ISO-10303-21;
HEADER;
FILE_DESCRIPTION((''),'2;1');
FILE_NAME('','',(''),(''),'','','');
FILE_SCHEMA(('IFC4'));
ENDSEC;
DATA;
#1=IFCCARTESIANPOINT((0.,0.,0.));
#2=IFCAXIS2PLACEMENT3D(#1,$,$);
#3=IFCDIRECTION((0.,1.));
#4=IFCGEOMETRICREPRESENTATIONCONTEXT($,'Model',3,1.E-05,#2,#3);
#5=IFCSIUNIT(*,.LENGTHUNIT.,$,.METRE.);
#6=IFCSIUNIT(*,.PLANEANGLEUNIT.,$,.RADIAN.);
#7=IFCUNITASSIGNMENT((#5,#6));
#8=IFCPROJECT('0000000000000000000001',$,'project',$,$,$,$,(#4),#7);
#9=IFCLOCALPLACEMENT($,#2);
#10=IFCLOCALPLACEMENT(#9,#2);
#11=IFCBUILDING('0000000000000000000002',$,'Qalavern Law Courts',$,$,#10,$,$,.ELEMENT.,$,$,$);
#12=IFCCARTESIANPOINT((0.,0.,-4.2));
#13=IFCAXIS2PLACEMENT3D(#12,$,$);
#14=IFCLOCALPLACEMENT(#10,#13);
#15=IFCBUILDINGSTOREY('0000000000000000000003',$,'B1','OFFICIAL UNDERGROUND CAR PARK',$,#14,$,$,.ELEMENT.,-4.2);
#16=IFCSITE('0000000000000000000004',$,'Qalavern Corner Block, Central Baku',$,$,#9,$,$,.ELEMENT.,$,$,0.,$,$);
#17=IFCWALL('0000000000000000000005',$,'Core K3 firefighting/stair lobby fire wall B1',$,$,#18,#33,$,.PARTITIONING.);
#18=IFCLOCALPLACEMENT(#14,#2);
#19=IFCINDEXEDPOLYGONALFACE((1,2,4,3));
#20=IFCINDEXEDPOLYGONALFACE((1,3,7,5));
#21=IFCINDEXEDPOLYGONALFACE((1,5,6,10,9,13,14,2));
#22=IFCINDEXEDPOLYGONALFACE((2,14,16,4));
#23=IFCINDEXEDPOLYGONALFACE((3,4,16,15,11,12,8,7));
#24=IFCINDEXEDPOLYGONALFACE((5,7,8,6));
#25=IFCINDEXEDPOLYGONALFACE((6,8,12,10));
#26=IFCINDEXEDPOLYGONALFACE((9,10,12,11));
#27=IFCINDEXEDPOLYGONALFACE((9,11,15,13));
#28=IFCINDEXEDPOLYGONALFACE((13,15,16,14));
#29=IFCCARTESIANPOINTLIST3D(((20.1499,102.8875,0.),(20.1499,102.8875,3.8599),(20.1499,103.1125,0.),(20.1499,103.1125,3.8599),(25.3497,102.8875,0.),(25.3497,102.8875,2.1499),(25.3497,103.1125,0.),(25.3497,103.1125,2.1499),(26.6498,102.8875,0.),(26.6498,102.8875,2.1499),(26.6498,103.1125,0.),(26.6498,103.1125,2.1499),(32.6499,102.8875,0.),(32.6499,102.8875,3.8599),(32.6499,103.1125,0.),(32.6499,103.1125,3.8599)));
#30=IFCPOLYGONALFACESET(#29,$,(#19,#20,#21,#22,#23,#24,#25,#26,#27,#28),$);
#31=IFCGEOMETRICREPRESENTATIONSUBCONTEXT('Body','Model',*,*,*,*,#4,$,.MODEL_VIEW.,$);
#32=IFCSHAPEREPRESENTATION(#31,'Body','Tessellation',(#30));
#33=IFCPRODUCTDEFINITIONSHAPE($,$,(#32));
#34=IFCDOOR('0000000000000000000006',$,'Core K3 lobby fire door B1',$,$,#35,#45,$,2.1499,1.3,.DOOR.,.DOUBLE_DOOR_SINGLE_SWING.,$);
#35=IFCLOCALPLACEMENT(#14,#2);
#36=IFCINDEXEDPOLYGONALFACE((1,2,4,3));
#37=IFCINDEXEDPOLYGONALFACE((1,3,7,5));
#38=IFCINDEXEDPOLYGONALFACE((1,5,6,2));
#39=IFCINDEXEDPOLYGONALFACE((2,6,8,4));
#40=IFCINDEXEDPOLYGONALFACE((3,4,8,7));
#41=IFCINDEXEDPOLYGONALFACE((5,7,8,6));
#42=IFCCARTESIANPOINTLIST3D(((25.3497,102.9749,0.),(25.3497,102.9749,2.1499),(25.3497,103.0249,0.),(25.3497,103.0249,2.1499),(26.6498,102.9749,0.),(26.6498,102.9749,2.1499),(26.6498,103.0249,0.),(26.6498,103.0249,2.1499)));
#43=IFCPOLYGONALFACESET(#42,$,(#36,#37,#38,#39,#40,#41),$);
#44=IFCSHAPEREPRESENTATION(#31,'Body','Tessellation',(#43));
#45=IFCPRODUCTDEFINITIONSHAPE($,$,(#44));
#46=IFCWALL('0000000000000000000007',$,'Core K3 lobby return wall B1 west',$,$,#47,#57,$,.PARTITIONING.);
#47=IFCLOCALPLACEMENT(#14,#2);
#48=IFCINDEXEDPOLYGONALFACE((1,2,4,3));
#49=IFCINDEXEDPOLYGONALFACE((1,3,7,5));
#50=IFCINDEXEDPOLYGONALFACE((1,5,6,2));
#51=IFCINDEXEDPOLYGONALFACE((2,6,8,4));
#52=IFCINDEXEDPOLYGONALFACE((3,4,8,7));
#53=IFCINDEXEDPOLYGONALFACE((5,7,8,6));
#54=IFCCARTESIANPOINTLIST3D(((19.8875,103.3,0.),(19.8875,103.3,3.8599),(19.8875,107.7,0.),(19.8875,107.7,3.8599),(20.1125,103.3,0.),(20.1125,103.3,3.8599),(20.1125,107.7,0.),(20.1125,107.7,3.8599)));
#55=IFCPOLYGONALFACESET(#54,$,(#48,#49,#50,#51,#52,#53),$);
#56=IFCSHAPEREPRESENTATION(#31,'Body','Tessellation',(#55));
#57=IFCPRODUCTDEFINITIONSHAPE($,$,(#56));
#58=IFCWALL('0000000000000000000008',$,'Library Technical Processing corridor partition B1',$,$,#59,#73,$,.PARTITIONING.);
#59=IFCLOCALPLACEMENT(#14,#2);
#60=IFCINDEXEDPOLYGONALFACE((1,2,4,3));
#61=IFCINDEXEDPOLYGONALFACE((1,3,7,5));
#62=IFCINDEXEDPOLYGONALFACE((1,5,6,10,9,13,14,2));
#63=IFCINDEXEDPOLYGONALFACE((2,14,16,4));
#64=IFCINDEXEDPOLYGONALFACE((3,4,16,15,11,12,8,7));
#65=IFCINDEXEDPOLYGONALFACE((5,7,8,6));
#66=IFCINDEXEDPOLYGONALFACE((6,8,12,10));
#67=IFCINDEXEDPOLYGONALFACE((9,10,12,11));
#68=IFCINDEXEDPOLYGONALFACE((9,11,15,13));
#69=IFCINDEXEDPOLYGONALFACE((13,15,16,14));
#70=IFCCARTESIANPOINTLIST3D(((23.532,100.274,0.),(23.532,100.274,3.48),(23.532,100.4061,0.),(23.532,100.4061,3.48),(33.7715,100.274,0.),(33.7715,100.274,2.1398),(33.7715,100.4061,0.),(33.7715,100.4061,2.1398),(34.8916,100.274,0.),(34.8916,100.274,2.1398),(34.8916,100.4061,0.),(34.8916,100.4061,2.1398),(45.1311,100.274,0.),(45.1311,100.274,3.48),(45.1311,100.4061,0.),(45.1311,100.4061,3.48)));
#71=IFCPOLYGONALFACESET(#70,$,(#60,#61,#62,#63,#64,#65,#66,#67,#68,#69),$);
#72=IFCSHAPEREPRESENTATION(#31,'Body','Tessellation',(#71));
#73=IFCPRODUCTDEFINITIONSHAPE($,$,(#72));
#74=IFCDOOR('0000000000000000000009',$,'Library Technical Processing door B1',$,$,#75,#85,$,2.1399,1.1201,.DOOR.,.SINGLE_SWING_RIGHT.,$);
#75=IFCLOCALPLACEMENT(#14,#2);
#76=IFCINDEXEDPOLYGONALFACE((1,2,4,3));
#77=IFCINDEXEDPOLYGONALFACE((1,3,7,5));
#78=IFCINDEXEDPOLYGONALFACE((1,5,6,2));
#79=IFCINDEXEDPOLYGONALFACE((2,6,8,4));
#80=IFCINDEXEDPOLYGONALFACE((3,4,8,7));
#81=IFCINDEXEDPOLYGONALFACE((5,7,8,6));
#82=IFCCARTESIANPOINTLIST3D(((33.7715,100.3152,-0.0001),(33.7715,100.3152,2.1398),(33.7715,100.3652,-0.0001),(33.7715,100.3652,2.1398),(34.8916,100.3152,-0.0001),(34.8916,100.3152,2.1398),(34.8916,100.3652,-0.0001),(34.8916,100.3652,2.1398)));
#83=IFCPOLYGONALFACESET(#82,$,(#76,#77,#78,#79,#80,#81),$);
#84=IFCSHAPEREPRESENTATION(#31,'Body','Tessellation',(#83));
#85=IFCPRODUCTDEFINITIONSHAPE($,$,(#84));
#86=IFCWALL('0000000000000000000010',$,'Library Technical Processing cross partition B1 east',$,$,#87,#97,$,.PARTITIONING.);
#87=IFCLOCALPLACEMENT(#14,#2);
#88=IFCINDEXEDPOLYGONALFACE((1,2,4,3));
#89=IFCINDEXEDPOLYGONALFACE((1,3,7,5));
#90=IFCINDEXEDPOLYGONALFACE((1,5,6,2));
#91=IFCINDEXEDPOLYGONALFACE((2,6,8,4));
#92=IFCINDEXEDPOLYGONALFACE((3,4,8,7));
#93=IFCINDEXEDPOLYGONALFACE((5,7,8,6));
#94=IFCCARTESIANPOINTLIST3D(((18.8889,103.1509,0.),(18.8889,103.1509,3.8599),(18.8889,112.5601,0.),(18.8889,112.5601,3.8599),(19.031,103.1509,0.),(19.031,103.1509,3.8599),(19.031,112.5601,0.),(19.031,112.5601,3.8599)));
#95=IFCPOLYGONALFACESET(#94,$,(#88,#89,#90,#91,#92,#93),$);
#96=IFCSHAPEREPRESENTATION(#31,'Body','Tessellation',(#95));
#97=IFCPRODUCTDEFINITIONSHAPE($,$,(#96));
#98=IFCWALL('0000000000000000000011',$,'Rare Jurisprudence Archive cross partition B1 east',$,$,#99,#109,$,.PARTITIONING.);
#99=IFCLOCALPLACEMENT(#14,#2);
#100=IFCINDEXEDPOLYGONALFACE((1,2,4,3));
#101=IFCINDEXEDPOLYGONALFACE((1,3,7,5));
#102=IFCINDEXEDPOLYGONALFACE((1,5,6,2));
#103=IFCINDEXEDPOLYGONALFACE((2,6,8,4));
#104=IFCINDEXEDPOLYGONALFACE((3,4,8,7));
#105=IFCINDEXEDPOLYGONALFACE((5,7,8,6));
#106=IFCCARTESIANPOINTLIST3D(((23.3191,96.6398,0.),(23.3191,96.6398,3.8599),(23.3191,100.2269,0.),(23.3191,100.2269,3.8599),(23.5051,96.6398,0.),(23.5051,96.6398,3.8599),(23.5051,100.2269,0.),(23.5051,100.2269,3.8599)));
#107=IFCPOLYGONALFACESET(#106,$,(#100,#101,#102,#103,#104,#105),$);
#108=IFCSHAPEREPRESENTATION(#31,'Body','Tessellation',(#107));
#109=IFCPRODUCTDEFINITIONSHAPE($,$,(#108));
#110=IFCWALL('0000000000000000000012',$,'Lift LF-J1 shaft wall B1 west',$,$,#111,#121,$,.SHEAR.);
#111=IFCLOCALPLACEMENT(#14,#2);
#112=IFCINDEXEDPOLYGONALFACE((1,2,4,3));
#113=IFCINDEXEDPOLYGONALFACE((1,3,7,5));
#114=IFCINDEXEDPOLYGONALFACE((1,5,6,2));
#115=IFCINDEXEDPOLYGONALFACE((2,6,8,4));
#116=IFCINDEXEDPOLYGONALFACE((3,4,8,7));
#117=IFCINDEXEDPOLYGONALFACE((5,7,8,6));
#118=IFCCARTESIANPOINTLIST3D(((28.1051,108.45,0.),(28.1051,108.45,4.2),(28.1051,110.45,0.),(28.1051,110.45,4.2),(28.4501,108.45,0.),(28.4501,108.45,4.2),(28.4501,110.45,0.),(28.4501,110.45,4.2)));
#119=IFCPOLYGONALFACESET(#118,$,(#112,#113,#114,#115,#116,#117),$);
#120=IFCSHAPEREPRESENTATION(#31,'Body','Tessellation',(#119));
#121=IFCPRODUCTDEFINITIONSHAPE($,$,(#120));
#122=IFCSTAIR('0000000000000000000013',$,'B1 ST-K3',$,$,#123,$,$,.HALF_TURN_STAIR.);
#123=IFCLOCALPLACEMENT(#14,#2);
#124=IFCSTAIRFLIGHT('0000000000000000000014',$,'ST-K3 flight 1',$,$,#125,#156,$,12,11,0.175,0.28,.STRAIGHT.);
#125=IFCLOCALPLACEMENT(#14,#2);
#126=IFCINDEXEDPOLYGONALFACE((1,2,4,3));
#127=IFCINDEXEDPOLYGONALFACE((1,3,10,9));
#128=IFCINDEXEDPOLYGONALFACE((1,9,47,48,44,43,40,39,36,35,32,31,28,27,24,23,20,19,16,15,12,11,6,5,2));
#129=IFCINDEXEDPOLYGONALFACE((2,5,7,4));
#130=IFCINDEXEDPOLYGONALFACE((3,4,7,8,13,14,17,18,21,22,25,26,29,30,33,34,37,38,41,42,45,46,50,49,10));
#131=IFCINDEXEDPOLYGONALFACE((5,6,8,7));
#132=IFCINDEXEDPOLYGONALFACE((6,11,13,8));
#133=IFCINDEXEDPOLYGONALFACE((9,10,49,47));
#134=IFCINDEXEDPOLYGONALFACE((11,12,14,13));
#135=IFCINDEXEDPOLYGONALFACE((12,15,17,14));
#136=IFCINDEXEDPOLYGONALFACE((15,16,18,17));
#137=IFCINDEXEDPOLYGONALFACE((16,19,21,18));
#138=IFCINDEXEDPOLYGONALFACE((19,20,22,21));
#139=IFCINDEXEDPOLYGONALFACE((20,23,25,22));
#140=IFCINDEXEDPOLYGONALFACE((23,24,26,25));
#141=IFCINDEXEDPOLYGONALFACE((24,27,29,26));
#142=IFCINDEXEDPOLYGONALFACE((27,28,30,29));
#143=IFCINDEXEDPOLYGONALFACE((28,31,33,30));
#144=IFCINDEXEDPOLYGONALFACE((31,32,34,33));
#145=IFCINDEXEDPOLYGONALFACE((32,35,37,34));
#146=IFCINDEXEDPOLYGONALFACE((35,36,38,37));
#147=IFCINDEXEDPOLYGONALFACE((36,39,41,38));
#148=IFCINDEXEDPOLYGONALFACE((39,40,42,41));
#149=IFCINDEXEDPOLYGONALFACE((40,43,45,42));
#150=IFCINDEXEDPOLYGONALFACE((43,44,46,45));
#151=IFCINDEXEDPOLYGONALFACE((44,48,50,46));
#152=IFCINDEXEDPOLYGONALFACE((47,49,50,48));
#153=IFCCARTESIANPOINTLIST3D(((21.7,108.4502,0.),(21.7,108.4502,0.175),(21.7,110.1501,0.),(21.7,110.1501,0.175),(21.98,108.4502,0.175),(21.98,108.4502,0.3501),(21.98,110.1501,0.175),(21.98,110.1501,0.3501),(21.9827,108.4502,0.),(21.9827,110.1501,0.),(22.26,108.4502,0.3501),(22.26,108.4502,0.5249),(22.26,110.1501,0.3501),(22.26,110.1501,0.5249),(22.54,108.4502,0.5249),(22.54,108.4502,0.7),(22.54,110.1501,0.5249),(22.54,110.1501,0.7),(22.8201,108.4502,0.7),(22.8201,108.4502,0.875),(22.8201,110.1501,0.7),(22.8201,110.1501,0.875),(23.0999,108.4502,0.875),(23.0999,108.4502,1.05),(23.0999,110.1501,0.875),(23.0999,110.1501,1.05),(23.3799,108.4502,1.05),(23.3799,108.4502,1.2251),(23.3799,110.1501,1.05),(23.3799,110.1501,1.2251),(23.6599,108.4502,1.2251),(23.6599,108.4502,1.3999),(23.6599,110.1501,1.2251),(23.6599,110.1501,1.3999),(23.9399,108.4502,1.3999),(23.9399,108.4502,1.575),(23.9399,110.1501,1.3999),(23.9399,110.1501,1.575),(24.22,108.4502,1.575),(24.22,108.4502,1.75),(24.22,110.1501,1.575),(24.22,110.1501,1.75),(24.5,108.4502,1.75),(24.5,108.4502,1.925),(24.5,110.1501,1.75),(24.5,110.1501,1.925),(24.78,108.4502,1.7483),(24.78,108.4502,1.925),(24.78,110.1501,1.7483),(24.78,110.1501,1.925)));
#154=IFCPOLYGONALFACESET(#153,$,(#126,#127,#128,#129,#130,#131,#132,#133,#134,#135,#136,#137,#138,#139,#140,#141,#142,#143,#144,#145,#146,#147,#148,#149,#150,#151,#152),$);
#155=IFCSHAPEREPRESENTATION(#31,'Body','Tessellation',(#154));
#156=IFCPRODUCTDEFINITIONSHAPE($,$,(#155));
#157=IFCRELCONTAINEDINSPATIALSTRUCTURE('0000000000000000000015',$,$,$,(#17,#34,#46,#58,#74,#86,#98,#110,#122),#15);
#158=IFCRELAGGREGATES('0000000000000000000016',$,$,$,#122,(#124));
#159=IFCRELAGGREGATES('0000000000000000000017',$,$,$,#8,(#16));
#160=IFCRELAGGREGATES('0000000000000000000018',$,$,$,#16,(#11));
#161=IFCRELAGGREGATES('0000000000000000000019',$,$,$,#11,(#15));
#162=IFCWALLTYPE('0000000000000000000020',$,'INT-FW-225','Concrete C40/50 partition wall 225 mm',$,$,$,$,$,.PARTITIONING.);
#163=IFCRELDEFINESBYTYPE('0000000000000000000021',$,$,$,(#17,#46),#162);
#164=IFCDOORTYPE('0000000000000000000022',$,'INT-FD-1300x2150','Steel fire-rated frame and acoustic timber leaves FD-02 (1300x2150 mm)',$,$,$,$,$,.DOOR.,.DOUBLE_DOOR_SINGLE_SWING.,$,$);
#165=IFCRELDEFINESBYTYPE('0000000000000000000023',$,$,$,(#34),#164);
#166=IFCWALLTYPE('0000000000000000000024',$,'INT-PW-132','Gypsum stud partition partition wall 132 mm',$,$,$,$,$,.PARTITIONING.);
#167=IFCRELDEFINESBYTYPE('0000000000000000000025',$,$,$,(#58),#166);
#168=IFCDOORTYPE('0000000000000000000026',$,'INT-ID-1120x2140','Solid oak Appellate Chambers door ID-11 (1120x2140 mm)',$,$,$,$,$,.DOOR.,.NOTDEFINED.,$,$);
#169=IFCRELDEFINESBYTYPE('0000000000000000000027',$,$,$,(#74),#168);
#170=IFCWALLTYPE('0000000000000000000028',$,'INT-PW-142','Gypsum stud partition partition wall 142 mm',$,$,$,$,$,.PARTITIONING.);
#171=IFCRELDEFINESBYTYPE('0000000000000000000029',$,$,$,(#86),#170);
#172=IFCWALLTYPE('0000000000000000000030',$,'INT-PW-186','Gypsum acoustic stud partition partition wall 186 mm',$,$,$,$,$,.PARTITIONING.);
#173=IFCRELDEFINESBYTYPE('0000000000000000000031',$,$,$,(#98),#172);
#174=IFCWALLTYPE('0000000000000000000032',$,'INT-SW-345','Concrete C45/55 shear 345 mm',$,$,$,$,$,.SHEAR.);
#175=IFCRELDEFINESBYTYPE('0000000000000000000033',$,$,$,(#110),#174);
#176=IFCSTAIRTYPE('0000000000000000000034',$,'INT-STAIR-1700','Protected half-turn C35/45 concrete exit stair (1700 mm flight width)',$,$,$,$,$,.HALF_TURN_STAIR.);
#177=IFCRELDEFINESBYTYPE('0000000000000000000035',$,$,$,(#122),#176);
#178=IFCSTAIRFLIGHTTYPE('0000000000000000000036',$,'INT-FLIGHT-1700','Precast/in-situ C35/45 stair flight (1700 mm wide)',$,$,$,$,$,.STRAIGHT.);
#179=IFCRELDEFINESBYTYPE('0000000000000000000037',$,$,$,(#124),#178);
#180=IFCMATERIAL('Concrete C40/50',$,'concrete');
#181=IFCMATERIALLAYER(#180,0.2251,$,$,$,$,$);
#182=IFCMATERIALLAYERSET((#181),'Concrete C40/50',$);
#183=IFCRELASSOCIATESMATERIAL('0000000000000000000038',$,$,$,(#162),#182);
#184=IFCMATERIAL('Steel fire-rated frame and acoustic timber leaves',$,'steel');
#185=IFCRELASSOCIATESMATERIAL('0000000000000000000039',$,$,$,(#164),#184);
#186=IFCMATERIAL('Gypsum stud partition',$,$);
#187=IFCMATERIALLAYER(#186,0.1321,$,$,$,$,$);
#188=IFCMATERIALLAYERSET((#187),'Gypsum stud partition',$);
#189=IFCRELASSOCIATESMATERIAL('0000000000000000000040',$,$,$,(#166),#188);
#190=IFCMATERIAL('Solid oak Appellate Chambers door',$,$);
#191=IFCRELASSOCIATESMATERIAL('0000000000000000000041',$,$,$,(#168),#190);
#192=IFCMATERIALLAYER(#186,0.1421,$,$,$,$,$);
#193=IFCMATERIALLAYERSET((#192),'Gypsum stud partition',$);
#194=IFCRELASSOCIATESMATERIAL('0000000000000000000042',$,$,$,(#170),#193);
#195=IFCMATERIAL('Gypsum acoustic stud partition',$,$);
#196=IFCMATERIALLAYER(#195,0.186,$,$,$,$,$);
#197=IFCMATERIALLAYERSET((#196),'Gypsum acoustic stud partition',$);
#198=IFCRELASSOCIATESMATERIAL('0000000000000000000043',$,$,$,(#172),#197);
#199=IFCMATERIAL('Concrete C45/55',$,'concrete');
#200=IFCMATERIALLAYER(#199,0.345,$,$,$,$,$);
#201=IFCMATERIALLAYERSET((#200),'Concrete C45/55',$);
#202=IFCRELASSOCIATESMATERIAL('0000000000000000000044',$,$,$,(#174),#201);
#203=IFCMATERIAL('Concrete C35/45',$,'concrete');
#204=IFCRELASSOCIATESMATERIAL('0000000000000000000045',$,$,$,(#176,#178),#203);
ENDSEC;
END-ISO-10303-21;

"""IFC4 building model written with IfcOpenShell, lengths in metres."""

from ifc_helpers import new_model, si_unit, direction, frame, frame_2d, origin, place, context, subcontext, project, spatial, polyline, rectangle, outline, extrude, material, layer, layer_set, type_object, element, fill, aggregate, save


model = new_model("IFC4")

# Units and contexts
model_context = context("Model", 3, precision=1e-05, world=origin(), true_north=direction((0.0, 1.0)))
body_context = subcontext(model_context, "Body", "Model", "MODEL_VIEW")
ifc_project = project(units=[si_unit("LENGTHUNIT", "METRE"), si_unit("PLANEANGLEUNIT", "RADIAN")], contexts=[model_context])

# Site, building, storey
site_placement = place(None, origin())
site = spatial("IfcSite", under=ifc_project, at=site_placement, Name="Qalavern Corner Block, Central Baku", CompositionType="ELEMENT", RefElevation=0.0)
building_placement = place(site_placement, origin())
building = spatial("IfcBuilding", under=site, at=building_placement, Name="Qalavern Law Courts", CompositionType="ELEMENT")
storey_placement = place(building_placement, frame((0.0, 0.0, -4.2)))
storey = spatial("IfcBuildingStorey", under=building, at=storey_placement, Name="B1", Description="OFFICIAL UNDERGROUND CAR PARK", CompositionType="ELEMENT", Elevation=-4.2)

# Shared definitions
ifc_material_1 = material(Name="Concrete C45/55", Category="concrete")

# Shared definitions
ifc_material_2 = material(Name="Concrete C40/50", Category="concrete")

# Wall, opening, door
ifc_layer_1 = layer(ifc_material_2, 0.2251)
ifc_layer_set_1 = layer_set([ifc_layer_1], Name="Concrete C40/50")
wall_type_1 = type_object("IfcWallType", Name="INT-FW-225", Description="Concrete C40/50 partition wall 225 mm", PredefinedType="PARTITIONING", material=ifc_layer_set_1)
wall_1_placement = place(storey_placement, frame((20.1499, 103.0, 0.0), z_axis=(0.0, 0.0, 1.0), x_axis=(1.0, 0.0, 0.0)))
wall_1 = element("IfcWall", 1, at=wall_1_placement, inside=storey, type_object=wall_type_1, Name="Core K3 firefighting/stair lobby fire wall B1", PredefinedType="PARTITIONING", context=body_context, shape_type="SweptSolid", body=[
    extrude(rectangle(XDim=12.5, YDim=0.2251, at=frame_2d((6.25, 0.0))), origin(), (0.0, 0.0, 1.0), 3.8599),
])
opening_1_placement = place(wall_1_placement, frame((5.2, 0.0, 0.0)))
opening_1 = element("IfcOpeningElement", 2, at=opening_1_placement, cuts=wall_1, PredefinedType="OPENING", context=body_context, shape_type="SweptSolid", body=[
    extrude(rectangle(XDim=1.3, YDim=2.1499, at=frame_2d((0.6499, 1.075))), frame((0.0, 0.1274, 0.0), z_axis=(0.0, -1.0, 0.0), x_axis=(1.0, 0.0, 0.0)), (0.0, 0.0, 1.0), 0.2549),
])
ifc_material_3 = material(Name="Steel fire-rated frame and acoustic timber leaves", Category="steel")
door_type_1 = type_object("IfcDoorType", Name="INT-FD-1300x2150", Description="Steel fire-rated frame and acoustic timber leaves FD-02 (1300x2150 mm)", OperationType="DOUBLE_DOOR_SINGLE_SWING", PredefinedType="DOOR", material=ifc_material_3)
door_1_placement = place(opening_1_placement, origin())
door_1 = element("IfcDoor", 3, at=door_1_placement, inside=storey, type_object=door_type_1, Name="Core K3 lobby fire door B1", OperationType="DOUBLE_DOOR_SINGLE_SWING", OverallHeight=2.1499, OverallWidth=1.3, PredefinedType="DOOR", context=body_context, shape_type="SweptSolid", body=[
    extrude(rectangle(XDim=1.3, YDim=2.1499, at=frame_2d((0.6499, 1.075))), frame((0.0, 0.0249, 0.0), z_axis=(0.0, -1.0, 0.0), x_axis=(1.0, 0.0, 0.0)), (0.0, 0.0, 1.0), 0.05),
])
fill(opening_1, door_1)

# Wall
wall_2_placement = place(storey_placement, frame((20.0, 103.3, 0.0), z_axis=(0.0, 0.0, 1.0), x_axis=(0.0, 1.0, 0.0)))
element("IfcWall", 4, at=wall_2_placement, inside=storey, type_object=wall_type_1, Name="Core K3 lobby return wall B1 west", PredefinedType="PARTITIONING", context=body_context, shape_type="SweptSolid", body=[
    extrude(rectangle(XDim=4.3999, YDim=0.2251, at=frame_2d((2.2, 0.0))), origin(), (0.0, 0.0, 1.0), 3.8599),
])

# Wall, opening, door
ifc_material_4 = material(Name="Gypsum stud partition")
ifc_layer_2 = layer(ifc_material_4, 0.1321)
ifc_layer_set_2 = layer_set([ifc_layer_2], Name="Gypsum stud partition")
wall_type_2 = type_object("IfcWallType", Name="INT-PW-132", Description="Gypsum stud partition partition wall 132 mm", PredefinedType="PARTITIONING", material=ifc_layer_set_2)
wall_3_placement = place(storey_placement, frame((23.532, 100.3401, 0.0), z_axis=(0.0, 0.0, 1.0), x_axis=(1.0, 0.0, 0.0)))
wall_3 = element("IfcWall", 5, at=wall_3_placement, inside=storey, type_object=wall_type_2, Name="Library Technical Processing corridor partition B1", PredefinedType="PARTITIONING", context=body_context, shape_type="SweptSolid", body=[
    extrude(rectangle(XDim=21.5991, YDim=0.1321, at=frame_2d((10.7996, 0.0))), origin(), (0.0, 0.0, 1.0), 3.48),
])
opening_2_placement = place(wall_3_placement, frame((10.2395, 0.0, 0.0)))
opening_2 = element("IfcOpeningElement", 6, at=opening_2_placement, cuts=wall_3, PredefinedType="OPENING", context=body_context, shape_type="SweptSolid", body=[
    extrude(rectangle(XDim=1.1201, YDim=2.1399, at=frame_2d((0.5601, 1.0698))), frame((0.0, 0.0811, 0.0), z_axis=(0.0, -1.0, 0.0), x_axis=(1.0, 0.0, 0.0)), (0.0, 0.0, 1.0), 0.1619),
])
ifc_material_5 = material(Name="Solid oak Appellate Chambers door")
door_type_2 = type_object("IfcDoorType", Name="INT-ID-1120x2140", Description="Solid oak Appellate Chambers door ID-11 (1120x2140 mm)", OperationType="NOTDEFINED", PredefinedType="DOOR", material=ifc_material_5)
door_2_placement = place(opening_2_placement, frame((1.1201, 0.0, 0.0), z_axis=(0.0, 0.0, 1.0), x_axis=(-1.0, 0.0, 0.0)))
door_2 = element("IfcDoor", 7, at=door_2_placement, inside=storey, type_object=door_type_2, Name="Library Technical Processing door B1", OperationType="SINGLE_SWING_RIGHT", OverallHeight=2.1399, OverallWidth=1.1201, PredefinedType="DOOR", context=body_context, shape_type="SweptSolid", body=[
    extrude(rectangle(XDim=1.1201, YDim=2.1399, at=frame_2d((0.5601, 1.0698))), frame((0.0, 0.0249, 0.0), z_axis=(0.0, -1.0, 0.0), x_axis=(1.0, 0.0, 0.0)), (0.0, 0.0, 1.0), 0.05),
])
fill(opening_2, door_2)

# Walls
ifc_layer_3 = layer(ifc_material_4, 0.1421)
ifc_layer_set_3 = layer_set([ifc_layer_3], Name="Gypsum stud partition")
wall_type_3 = type_object("IfcWallType", Name="INT-PW-142", Description="Gypsum stud partition partition wall 142 mm", PredefinedType="PARTITIONING", material=ifc_layer_set_3)
wall_4_placement = place(storey_placement, frame((18.96, 103.1509, 0.0), z_axis=(0.0, 0.0, 1.0), x_axis=(0.0, 1.0, 0.0)))
element("IfcWall", 8, at=wall_4_placement, inside=storey, type_object=wall_type_3, Name="Library Technical Processing cross partition B1 east", PredefinedType="PARTITIONING", context=body_context, shape_type="SweptSolid", body=[
    extrude(rectangle(XDim=9.4092, YDim=0.1421, at=frame_2d((4.7046, 0.0))), origin(), (0.0, 0.0, 1.0), 3.8599),
])
ifc_material_6 = material(Name="Gypsum acoustic stud partition")
ifc_layer_4 = layer(ifc_material_6, 0.186)
ifc_layer_set_4 = layer_set([ifc_layer_4], Name="Gypsum acoustic stud partition")
wall_type_4 = type_object("IfcWallType", Name="INT-PW-186", Description="Gypsum acoustic stud partition partition wall 186 mm", PredefinedType="PARTITIONING", material=ifc_layer_set_4)
wall_5_placement = place(storey_placement, frame((23.4121, 96.6399, 0.0), z_axis=(0.0, 0.0, 1.0), x_axis=(0.0, 1.0, 0.0)))
element("IfcWall", 9, at=wall_5_placement, inside=storey, type_object=wall_type_4, Name="Rare Jurisprudence Archive cross partition B1 east", PredefinedType="PARTITIONING", context=body_context, shape_type="SweptSolid", body=[
    extrude(rectangle(XDim=3.5872, YDim=0.186, at=frame_2d((1.7935, 0.0))), origin(), (0.0, 0.0, 1.0), 3.8599),
])

# Shared definitions
ifc_layer_5 = layer(ifc_material_1, 0.345)
ifc_layer_set_5 = layer_set([ifc_layer_5], Name="Concrete C45/55")
wall_type_5 = type_object("IfcWallType", Name="INT-SW-345", Description="Concrete C45/55 shear 345 mm", PredefinedType="SHEAR", material=ifc_layer_set_5)

# Wall
wall_6_placement = place(storey_placement, frame((28.2776, 110.45, 0.0), z_axis=(0.0, 0.0, 1.0), x_axis=(0.0, -1.0, 0.0)))
element("IfcWall", 10, at=wall_6_placement, inside=storey, type_object=wall_type_5, Name="Lift LF-J1 shaft wall B1 west", PredefinedType="SHEAR", context=body_context, shape_type="SweptSolid", body=[
    extrude(rectangle(XDim=2.0, YDim=0.345, at=frame_2d((1.0, 0.0))), origin(), (0.0, 0.0, 1.0), 4.2),
])

# Stair, stair flight
ifc_material_7 = material(Name="Concrete C35/45", Category="concrete")
stair_type = type_object("IfcStairType", Name="INT-STAIR-1700", Description="Protected half-turn C35/45 concrete exit stair (1700 mm flight width)", PredefinedType="HALF_TURN_STAIR", material=ifc_material_7)
stair_placement = place(storey_placement, origin())
stair = element("IfcStair", 11, at=stair_placement, inside=storey, type_object=stair_type, Name="B1 ST-K3", PredefinedType="HALF_TURN_STAIR")
stair_flight_type = type_object("IfcStairFlightType", Name="INT-FLIGHT-1700", Description="Precast/in-situ C35/45 stair flight (1700 mm wide)", PredefinedType="STRAIGHT", material=ifc_material_7)
stair_flight_1_placement = place(storey_placement, frame((21.7, 109.3, 0.0), z_axis=(0.0, 0.0, 1.0), x_axis=(1.0, 0.0, 0.0)))
stair_flight_1 = element("IfcStairFlight", 12, at=stair_flight_1_placement, type_object=stair_flight_type, Name="ST-K3 flight 1", NumberOfRisers=12, NumberOfTreads=11, PredefinedType="STRAIGHT", RiserHeight=0.175, TreadLength=0.28, context=body_context, shape_type="SweptSolid", body=[
    extrude(outline(polyline([(0.0, 0.0), (0.0, 0.175), (0.28, 0.175), (0.28, 0.3501), (0.5601, 0.3501), (0.5601, 0.5249), (0.8401, 0.5249), (0.8401, 0.7), (1.1201, 0.7), (1.1201, 0.875), (1.3999, 0.875), (1.3999, 1.05), (1.6799, 1.05), (1.6799, 1.2251), (1.96, 1.2251), (1.96, 1.3999), (2.24, 1.3999), (2.24, 1.575), (2.52, 1.575), (2.52, 1.75), (2.8, 1.75), (2.8, 1.925), (3.0801, 1.925), (3.0801, 2.1001), (3.0801, 1.7483), (0.2827, 0.0), (0.0, 0.0)])), frame((0.0, 0.8501, 0.0), z_axis=(0.0, -1.0, 0.0), x_axis=(1.0, 0.0, 0.0)), (0.0, 0.0, 1.0), 1.7),
])
aggregate(stair, [stair_flight_1])

save(model, "model.ifc")
